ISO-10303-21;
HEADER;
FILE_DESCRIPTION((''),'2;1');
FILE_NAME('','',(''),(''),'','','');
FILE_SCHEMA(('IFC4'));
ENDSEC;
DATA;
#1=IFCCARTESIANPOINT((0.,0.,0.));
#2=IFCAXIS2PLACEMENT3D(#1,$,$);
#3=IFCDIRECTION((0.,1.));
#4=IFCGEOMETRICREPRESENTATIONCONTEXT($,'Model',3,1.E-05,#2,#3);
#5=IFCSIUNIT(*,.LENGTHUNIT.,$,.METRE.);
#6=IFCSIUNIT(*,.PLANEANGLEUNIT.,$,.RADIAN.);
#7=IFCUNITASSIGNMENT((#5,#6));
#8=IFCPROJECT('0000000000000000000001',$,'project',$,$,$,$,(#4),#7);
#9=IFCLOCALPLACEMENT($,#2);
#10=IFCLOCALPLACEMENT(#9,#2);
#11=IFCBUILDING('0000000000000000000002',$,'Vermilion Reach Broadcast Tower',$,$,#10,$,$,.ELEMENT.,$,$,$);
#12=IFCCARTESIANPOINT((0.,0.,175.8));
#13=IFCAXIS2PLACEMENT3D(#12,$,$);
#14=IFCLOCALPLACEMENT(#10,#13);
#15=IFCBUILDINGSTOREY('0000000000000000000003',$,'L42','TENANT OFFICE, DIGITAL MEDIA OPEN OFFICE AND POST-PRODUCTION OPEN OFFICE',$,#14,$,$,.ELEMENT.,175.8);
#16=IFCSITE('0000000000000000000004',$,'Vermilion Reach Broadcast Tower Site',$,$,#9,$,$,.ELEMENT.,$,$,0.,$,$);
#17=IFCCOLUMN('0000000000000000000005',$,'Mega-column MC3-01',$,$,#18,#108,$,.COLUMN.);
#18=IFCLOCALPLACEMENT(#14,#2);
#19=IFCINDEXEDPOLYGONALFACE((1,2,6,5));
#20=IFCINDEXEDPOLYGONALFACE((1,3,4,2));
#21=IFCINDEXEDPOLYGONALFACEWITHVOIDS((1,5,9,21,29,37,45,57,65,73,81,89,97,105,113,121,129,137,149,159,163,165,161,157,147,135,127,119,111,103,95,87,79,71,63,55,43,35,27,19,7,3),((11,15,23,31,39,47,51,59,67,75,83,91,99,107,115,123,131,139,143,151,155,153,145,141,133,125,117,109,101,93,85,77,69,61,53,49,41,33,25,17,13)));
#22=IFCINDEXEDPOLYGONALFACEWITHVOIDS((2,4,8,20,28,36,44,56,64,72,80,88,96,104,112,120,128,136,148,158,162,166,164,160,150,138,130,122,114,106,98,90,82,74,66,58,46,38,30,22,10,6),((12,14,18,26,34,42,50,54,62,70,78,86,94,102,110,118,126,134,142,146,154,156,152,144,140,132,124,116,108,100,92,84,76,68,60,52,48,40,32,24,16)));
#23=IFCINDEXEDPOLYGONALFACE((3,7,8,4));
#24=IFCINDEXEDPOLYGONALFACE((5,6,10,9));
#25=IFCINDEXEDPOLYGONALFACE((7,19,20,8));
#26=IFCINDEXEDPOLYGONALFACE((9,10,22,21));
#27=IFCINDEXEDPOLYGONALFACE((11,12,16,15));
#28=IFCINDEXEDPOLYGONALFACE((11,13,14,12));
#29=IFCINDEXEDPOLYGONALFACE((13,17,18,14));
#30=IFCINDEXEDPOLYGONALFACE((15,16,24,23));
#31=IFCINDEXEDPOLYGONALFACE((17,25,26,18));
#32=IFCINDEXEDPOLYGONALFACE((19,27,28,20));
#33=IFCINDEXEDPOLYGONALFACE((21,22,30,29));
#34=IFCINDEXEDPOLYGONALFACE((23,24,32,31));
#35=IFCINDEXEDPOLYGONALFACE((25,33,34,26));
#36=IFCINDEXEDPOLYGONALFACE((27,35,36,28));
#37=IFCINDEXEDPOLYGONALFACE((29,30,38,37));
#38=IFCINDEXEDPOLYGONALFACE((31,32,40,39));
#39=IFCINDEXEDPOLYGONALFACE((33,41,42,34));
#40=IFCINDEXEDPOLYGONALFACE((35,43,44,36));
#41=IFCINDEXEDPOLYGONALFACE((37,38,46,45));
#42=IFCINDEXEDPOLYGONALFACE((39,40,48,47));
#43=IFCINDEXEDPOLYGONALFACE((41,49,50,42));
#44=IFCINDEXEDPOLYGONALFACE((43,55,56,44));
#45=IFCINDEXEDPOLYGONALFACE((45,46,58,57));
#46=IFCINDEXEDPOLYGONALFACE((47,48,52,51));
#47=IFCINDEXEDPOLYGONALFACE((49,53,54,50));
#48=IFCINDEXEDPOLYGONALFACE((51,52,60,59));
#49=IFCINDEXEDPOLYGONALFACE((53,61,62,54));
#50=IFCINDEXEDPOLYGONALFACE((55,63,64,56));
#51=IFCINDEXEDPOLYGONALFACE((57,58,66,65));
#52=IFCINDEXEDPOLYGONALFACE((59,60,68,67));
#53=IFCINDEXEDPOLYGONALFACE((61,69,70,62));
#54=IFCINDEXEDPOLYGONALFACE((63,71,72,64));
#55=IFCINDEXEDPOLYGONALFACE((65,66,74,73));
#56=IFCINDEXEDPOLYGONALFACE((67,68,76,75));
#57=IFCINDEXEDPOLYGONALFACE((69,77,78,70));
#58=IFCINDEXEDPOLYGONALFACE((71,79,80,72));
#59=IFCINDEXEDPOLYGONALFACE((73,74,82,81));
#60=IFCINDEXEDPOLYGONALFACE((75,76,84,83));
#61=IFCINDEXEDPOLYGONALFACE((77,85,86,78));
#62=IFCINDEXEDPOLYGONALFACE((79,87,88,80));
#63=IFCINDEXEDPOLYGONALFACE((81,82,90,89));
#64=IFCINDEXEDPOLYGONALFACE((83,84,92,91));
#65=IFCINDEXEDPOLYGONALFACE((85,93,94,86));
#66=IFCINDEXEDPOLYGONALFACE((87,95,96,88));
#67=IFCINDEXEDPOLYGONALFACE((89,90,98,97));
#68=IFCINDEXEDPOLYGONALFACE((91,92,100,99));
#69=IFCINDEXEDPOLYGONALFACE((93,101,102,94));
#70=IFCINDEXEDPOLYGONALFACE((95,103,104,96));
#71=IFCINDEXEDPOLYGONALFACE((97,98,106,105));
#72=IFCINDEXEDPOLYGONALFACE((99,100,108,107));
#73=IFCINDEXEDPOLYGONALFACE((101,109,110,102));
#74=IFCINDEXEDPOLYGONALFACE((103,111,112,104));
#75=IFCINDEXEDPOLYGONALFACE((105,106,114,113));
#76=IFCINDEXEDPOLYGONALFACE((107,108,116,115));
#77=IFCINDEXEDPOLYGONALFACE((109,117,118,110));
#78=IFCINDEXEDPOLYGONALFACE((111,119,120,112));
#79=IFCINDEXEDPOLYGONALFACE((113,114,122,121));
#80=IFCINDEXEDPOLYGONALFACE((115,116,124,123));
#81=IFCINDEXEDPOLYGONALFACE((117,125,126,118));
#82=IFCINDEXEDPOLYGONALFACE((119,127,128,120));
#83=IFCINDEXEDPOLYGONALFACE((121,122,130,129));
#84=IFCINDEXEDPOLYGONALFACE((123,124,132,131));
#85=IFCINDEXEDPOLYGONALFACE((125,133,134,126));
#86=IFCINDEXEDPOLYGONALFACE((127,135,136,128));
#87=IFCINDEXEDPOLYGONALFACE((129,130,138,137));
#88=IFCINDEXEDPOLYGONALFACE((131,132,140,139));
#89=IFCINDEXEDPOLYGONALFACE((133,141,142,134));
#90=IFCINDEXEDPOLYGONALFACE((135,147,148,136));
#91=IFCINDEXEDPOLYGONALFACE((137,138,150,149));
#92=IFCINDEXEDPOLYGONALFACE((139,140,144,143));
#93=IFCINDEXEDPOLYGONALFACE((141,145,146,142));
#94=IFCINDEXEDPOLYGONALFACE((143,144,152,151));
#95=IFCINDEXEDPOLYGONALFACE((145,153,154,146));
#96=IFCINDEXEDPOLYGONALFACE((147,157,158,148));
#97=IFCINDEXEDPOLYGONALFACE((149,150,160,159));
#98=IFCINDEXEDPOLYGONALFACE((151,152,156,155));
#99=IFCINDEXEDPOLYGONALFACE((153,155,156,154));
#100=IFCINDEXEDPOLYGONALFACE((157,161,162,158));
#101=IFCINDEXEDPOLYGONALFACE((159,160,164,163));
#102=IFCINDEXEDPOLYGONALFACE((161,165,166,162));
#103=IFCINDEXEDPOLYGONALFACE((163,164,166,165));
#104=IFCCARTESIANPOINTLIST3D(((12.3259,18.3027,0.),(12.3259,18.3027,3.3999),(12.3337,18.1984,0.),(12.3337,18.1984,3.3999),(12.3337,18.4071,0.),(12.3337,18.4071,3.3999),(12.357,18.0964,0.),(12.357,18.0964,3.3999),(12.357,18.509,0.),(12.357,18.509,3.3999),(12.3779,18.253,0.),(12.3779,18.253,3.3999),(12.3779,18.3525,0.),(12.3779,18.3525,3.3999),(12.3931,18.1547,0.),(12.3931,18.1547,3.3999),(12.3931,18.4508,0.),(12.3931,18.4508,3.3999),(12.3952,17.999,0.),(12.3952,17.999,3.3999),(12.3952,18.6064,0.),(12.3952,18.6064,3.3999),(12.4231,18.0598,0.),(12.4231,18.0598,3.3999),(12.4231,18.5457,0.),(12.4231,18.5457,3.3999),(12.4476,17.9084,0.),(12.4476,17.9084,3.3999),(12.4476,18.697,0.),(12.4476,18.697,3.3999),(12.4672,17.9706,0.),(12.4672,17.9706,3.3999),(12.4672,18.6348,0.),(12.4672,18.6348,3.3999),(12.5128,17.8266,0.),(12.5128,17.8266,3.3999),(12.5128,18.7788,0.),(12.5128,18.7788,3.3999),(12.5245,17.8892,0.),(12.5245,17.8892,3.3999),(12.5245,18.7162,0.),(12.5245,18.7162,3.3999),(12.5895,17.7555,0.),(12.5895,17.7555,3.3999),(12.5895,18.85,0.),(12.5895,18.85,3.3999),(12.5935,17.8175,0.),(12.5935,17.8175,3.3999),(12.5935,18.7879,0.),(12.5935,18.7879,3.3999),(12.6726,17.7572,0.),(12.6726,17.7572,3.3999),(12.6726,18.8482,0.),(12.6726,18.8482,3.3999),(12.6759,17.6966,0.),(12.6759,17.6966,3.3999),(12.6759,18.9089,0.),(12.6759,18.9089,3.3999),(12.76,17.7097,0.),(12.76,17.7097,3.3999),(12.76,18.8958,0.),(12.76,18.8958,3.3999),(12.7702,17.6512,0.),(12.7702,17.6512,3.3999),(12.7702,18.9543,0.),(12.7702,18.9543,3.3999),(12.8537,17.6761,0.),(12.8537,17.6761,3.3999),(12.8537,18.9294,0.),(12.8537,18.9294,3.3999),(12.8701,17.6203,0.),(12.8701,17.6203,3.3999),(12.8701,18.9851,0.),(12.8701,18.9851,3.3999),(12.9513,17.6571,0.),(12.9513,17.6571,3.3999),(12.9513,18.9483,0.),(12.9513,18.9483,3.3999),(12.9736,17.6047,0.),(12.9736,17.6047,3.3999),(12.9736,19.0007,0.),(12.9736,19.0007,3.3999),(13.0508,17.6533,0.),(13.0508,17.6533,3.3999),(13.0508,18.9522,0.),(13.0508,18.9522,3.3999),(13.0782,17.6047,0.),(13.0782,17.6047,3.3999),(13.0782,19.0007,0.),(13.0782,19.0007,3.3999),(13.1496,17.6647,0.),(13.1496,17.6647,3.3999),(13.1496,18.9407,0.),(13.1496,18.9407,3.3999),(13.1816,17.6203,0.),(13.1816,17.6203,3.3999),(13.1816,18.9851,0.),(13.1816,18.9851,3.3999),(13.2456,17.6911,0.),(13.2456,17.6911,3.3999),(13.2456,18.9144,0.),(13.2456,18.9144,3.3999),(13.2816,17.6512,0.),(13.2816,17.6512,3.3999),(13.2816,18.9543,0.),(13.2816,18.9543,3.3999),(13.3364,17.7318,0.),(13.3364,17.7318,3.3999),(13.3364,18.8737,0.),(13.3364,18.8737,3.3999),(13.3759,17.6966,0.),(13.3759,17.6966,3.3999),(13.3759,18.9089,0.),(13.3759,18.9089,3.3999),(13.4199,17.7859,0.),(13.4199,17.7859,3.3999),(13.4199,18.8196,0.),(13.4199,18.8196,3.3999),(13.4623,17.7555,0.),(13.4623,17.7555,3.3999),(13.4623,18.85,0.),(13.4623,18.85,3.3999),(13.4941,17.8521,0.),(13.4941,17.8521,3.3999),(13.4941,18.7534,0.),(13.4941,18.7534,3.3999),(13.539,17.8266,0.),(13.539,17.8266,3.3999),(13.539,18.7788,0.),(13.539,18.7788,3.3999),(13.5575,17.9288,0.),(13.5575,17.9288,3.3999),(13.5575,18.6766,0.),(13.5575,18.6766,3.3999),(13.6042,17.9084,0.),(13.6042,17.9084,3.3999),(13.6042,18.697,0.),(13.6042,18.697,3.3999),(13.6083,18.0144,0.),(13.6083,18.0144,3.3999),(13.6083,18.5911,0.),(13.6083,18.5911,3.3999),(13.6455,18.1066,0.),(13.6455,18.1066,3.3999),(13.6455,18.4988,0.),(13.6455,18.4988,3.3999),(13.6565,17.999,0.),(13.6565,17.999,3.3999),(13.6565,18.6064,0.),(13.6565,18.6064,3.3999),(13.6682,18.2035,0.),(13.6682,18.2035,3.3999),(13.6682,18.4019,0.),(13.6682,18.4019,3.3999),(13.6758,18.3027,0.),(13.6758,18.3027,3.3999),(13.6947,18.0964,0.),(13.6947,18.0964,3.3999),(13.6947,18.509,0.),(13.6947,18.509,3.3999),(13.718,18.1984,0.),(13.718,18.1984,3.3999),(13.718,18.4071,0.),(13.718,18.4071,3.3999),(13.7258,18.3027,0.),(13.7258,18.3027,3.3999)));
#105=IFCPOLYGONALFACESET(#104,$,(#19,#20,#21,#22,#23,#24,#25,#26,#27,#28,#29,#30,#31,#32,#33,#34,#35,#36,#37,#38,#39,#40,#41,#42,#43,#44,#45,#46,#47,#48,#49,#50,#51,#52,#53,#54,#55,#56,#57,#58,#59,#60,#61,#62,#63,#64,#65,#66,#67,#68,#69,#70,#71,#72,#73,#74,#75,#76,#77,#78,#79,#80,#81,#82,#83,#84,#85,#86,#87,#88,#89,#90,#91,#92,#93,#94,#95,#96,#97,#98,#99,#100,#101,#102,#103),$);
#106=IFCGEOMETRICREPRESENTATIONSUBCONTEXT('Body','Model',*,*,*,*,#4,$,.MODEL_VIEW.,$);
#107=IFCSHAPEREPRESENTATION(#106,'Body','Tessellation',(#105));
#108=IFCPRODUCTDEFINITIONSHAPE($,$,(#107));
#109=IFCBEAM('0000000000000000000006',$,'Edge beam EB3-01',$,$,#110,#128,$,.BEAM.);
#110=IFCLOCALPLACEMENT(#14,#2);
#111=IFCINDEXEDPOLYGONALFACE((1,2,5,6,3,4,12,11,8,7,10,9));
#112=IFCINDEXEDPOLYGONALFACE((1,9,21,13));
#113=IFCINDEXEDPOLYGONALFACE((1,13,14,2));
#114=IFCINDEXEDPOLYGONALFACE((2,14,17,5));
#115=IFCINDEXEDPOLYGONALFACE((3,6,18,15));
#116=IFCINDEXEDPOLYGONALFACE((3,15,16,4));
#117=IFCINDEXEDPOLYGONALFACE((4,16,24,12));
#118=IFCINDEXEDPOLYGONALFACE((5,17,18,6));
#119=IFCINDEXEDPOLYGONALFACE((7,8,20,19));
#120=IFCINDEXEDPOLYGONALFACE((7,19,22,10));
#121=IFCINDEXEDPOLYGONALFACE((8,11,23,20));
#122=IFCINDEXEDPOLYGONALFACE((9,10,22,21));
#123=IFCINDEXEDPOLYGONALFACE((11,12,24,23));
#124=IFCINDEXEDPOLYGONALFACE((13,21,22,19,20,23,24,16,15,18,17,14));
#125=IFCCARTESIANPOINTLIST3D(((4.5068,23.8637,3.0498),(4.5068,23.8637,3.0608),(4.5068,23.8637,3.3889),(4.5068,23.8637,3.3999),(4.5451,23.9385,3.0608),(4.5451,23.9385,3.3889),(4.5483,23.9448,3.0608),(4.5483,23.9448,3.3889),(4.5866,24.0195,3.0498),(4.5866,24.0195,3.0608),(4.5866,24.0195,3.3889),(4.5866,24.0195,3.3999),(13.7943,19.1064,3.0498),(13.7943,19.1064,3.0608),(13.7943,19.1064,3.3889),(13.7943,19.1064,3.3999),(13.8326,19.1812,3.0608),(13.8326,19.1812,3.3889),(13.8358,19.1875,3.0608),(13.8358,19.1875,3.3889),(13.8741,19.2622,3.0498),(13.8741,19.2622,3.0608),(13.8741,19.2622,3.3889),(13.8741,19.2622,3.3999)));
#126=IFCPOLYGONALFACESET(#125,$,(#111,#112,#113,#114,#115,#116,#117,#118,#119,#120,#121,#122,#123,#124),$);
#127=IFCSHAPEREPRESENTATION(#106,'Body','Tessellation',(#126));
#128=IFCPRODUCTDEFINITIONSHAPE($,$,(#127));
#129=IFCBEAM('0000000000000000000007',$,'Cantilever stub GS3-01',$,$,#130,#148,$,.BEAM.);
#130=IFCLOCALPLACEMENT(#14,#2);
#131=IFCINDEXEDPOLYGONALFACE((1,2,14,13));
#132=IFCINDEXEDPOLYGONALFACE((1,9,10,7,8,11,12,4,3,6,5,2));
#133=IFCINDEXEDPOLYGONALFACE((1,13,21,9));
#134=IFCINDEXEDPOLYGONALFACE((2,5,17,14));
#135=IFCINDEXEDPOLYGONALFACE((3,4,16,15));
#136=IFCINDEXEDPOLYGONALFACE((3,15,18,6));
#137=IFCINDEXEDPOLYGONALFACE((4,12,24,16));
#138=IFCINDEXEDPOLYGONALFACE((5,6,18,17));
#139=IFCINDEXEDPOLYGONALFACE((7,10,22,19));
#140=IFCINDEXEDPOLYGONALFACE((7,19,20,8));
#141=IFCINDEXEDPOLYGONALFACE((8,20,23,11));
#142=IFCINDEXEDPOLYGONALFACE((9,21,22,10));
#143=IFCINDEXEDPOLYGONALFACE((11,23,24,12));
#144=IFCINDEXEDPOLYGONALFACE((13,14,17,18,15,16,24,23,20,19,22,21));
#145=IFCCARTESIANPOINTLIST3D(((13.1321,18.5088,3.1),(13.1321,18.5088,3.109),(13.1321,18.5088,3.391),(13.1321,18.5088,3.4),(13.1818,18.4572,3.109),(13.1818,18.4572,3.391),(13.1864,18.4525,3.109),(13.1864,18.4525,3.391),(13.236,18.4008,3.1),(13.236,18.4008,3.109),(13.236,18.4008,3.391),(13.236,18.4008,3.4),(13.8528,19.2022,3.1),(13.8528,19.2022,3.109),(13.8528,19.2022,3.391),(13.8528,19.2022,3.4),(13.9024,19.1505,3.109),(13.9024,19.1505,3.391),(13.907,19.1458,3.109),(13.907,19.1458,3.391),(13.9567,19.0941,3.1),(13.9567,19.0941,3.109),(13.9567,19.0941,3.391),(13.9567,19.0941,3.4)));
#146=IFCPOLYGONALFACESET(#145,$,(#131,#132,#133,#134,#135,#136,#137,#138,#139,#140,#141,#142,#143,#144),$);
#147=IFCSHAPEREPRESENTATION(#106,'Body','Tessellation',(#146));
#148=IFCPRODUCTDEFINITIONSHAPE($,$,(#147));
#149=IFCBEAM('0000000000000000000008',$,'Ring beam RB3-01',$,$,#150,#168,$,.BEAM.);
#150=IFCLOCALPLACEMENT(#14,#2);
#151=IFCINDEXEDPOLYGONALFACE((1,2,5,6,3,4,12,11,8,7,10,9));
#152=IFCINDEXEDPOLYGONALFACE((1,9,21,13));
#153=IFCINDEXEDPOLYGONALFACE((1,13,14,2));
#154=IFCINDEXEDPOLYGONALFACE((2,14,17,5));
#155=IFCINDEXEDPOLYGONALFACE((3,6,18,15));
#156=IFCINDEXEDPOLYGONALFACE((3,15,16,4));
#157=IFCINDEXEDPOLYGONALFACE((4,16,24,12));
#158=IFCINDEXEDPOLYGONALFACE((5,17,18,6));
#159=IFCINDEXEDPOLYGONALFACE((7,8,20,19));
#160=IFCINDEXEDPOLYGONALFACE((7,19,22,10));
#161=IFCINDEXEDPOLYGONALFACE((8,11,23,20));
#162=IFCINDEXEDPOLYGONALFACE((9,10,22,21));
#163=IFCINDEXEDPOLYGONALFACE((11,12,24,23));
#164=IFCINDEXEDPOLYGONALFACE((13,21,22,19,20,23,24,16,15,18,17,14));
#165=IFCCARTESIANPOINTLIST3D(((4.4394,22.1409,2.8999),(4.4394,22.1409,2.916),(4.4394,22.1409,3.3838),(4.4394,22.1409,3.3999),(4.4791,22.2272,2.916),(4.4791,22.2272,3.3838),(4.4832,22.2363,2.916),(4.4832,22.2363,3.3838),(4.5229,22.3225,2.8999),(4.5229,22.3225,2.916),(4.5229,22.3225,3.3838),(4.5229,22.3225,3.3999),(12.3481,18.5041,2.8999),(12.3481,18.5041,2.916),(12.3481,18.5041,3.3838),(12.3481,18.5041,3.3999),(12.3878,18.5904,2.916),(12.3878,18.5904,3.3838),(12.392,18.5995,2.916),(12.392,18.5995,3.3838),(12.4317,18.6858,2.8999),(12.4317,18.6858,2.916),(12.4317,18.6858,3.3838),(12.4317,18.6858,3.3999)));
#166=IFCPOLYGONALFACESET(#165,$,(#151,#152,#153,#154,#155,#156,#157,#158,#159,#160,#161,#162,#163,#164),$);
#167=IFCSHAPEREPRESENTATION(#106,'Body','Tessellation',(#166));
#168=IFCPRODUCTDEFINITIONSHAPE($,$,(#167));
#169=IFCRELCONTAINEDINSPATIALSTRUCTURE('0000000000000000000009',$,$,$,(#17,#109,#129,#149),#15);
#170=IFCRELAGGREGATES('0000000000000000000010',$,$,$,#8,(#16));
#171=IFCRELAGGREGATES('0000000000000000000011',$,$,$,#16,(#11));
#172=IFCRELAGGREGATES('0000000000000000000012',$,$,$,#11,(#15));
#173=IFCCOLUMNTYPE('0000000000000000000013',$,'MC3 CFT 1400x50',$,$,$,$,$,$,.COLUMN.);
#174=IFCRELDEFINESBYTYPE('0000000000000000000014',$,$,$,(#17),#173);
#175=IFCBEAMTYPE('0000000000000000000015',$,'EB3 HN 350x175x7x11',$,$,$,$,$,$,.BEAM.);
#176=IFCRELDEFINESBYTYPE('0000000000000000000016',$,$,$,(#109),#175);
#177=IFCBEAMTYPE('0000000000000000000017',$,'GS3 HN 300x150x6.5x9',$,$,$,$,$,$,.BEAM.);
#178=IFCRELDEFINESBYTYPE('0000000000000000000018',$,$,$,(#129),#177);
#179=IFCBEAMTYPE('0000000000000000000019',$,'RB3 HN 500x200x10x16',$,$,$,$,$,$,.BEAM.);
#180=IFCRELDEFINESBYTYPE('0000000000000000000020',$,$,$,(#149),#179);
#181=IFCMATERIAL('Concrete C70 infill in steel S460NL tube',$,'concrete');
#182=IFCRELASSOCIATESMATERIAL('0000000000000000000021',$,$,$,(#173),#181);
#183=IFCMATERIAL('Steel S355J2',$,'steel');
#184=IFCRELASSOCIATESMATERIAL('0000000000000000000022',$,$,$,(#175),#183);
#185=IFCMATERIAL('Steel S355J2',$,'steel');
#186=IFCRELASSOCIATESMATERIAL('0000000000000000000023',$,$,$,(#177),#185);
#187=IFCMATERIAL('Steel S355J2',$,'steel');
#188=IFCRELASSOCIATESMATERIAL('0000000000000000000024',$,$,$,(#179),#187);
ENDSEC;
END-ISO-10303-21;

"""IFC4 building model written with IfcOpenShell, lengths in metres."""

from ifc_helpers import new_model, si_unit, direction, frame, origin, origin_2d, place, context, subcontext, project, spatial, hollow_circle, i_section, extrude, material, material_profile, profile_set, type_object, element, save


model = new_model("IFC4")

# Units and contexts
model_context = context("Model", 3, precision=1e-05, world=origin(), true_north=direction((0.0, 1.0)))
body_context = subcontext(model_context, "Body", "Model", "MODEL_VIEW")
ifc_project = project(units=[si_unit("LENGTHUNIT", "METRE"), si_unit("PLANEANGLEUNIT", "RADIAN")], contexts=[model_context])

# Site, building, storey
site_placement = place(None, origin())
site = spatial("IfcSite", under=ifc_project, at=site_placement, Name="Vermilion Reach Broadcast Tower Site", CompositionType="ELEMENT", RefElevation=0.0)
building_placement = place(site_placement, origin())
building = spatial("IfcBuilding", under=site, at=building_placement, Name="Vermilion Reach Broadcast Tower", CompositionType="ELEMENT")
storey_placement = place(building_placement, frame((0.0, 0.0, 175.8)))
storey = spatial("IfcBuildingStorey", under=building, at=storey_placement, Name="L42", Description="TENANT OFFICE, DIGITAL MEDIA OPEN OFFICE AND POST-PRODUCTION OPEN OFFICE", CompositionType="ELEMENT", Elevation=175.8)

# Column
ifc_material_1 = material(Name="Concrete C70 infill in steel S460NL tube", Category="concrete")
ifc_material_profile_1 = material_profile(ifc_material_1, hollow_circle(Radius=0.7, WallThickness=0.05, at=origin_2d()), Name="Concrete C70 infill in steel S460NL tube CFT 1400x50")
ifc_profile_set_1 = profile_set([ifc_material_profile_1], Name="Concrete C70 infill in steel S460NL tube")
column_type = type_object("IfcColumnType", Name="MC3 CFT 1400x50", PredefinedType="COLUMN", material=ifc_profile_set_1)
column_placement = place(storey_placement, frame((13.0259, 18.3027, 0.0), z_axis=(0.0, 0.0, 1.0), x_axis=(1.0, 0.0, 0.0)))
element("IfcColumn", 1, at=column_placement, inside=storey, type_object=column_type, Name="Mega-column MC3-01", PredefinedType="COLUMN", context=body_context, shape_type="SweptSolid", body=[
    extrude(hollow_circle(Radius=0.7, WallThickness=0.05, at=origin_2d()), origin(), (0.0, 0.0, 1.0), 3.3999),
])

# Beams
ifc_material_2 = material(Name="Steel S355J2", Category="steel")
ifc_material_profile_2 = material_profile(ifc_material_2, i_section(OverallWidth=0.175, OverallDepth=0.3501, WebThickness=0.0071, FlangeThickness=0.011, at=origin_2d()), Name="S355J2 HN 350x175x7x11")
ifc_profile_set_2 = profile_set([ifc_material_profile_2], Name="Steel S355J2")
beam_type_1 = type_object("IfcBeamType", Name="EB3 HN 350x175x7x11", PredefinedType="BEAM", material=ifc_profile_set_2)
beam_1_placement = place(storey_placement, frame((13.8342, 19.1843, 3.2249), z_axis=(-0.890033, 0.455896, 0.0), x_axis=(-0.455896, -0.890033, 0.0)))
element("IfcBeam", 2, at=beam_1_placement, inside=storey, type_object=beam_type_1, Name="Edge beam EB3-01", PredefinedType="BEAM", context=body_context, shape_type="SweptSolid", body=[
    extrude(i_section(OverallWidth=0.175, OverallDepth=0.3501, WebThickness=0.0071, FlangeThickness=0.011, at=origin_2d()), origin(), (0.0, 0.0, 1.0), 10.4351),
])
ifc_material_3 = material(Name="Steel S355J2", Category="steel")
ifc_material_profile_3 = material_profile(ifc_material_3, i_section(OverallWidth=0.1499, OverallDepth=0.3, WebThickness=0.0066, FlangeThickness=0.009, at=origin_2d()), Name="S355J2 HN 300x150x6.5x9")
ifc_profile_set_3 = profile_set([ifc_material_profile_3], Name="Steel S355J2")
beam_type_2 = type_object("IfcBeamType", Name="GS3 HN 300x150x6.5x9", PredefinedType="BEAM", material=ifc_profile_set_3)
beam_2_placement = place(storey_placement, frame((13.1841, 18.4548, 3.25), z_axis=(0.720645, 0.693304, 0.0), x_axis=(-0.693304, 0.720645, 0.0)))
element("IfcBeam", 3, at=beam_2_placement, inside=storey, type_object=beam_type_2, Name="Cantilever stub GS3-01", PredefinedType="BEAM", context=body_context, shape_type="SweptSolid", body=[
    extrude(i_section(OverallWidth=0.1499, OverallDepth=0.3, WebThickness=0.0066, FlangeThickness=0.009, at=origin_2d()), origin(), (0.0, 0.0, 1.0), 1.0),
])
ifc_material_4 = material(Name="Steel S355J2", Category="steel")
ifc_material_profile_4 = material_profile(ifc_material_4, i_section(OverallWidth=0.2, OverallDepth=0.5, WebThickness=0.01, FlangeThickness=0.0161, at=origin_2d()), Name="S355J2 HN 500x200x10x16")
ifc_profile_set_4 = profile_set([ifc_material_profile_4], Name="Steel S355J2")
beam_type_3 = type_object("IfcBeamType", Name="RB3 HN 500x200x10x16", PredefinedType="BEAM", material=ifc_profile_set_4)
beam_3_placement = place(storey_placement, frame((12.3899, 18.595, 3.1499), z_axis=(-0.908546, 0.417784, 0.0), x_axis=(-0.417784, -0.908546, 0.0)))
element("IfcBeam", 4, at=beam_3_placement, inside=storey, type_object=beam_type_3, Name="Ring beam RB3-01", PredefinedType="BEAM", context=body_context, shape_type="SweptSolid", body=[
    extrude(i_section(OverallWidth=0.2, OverallDepth=0.5, WebThickness=0.01, FlangeThickness=0.0161, at=origin_2d()), origin(), (0.0, 0.0, 1.0), 8.7048),
])

save(model, "model.ifc")
